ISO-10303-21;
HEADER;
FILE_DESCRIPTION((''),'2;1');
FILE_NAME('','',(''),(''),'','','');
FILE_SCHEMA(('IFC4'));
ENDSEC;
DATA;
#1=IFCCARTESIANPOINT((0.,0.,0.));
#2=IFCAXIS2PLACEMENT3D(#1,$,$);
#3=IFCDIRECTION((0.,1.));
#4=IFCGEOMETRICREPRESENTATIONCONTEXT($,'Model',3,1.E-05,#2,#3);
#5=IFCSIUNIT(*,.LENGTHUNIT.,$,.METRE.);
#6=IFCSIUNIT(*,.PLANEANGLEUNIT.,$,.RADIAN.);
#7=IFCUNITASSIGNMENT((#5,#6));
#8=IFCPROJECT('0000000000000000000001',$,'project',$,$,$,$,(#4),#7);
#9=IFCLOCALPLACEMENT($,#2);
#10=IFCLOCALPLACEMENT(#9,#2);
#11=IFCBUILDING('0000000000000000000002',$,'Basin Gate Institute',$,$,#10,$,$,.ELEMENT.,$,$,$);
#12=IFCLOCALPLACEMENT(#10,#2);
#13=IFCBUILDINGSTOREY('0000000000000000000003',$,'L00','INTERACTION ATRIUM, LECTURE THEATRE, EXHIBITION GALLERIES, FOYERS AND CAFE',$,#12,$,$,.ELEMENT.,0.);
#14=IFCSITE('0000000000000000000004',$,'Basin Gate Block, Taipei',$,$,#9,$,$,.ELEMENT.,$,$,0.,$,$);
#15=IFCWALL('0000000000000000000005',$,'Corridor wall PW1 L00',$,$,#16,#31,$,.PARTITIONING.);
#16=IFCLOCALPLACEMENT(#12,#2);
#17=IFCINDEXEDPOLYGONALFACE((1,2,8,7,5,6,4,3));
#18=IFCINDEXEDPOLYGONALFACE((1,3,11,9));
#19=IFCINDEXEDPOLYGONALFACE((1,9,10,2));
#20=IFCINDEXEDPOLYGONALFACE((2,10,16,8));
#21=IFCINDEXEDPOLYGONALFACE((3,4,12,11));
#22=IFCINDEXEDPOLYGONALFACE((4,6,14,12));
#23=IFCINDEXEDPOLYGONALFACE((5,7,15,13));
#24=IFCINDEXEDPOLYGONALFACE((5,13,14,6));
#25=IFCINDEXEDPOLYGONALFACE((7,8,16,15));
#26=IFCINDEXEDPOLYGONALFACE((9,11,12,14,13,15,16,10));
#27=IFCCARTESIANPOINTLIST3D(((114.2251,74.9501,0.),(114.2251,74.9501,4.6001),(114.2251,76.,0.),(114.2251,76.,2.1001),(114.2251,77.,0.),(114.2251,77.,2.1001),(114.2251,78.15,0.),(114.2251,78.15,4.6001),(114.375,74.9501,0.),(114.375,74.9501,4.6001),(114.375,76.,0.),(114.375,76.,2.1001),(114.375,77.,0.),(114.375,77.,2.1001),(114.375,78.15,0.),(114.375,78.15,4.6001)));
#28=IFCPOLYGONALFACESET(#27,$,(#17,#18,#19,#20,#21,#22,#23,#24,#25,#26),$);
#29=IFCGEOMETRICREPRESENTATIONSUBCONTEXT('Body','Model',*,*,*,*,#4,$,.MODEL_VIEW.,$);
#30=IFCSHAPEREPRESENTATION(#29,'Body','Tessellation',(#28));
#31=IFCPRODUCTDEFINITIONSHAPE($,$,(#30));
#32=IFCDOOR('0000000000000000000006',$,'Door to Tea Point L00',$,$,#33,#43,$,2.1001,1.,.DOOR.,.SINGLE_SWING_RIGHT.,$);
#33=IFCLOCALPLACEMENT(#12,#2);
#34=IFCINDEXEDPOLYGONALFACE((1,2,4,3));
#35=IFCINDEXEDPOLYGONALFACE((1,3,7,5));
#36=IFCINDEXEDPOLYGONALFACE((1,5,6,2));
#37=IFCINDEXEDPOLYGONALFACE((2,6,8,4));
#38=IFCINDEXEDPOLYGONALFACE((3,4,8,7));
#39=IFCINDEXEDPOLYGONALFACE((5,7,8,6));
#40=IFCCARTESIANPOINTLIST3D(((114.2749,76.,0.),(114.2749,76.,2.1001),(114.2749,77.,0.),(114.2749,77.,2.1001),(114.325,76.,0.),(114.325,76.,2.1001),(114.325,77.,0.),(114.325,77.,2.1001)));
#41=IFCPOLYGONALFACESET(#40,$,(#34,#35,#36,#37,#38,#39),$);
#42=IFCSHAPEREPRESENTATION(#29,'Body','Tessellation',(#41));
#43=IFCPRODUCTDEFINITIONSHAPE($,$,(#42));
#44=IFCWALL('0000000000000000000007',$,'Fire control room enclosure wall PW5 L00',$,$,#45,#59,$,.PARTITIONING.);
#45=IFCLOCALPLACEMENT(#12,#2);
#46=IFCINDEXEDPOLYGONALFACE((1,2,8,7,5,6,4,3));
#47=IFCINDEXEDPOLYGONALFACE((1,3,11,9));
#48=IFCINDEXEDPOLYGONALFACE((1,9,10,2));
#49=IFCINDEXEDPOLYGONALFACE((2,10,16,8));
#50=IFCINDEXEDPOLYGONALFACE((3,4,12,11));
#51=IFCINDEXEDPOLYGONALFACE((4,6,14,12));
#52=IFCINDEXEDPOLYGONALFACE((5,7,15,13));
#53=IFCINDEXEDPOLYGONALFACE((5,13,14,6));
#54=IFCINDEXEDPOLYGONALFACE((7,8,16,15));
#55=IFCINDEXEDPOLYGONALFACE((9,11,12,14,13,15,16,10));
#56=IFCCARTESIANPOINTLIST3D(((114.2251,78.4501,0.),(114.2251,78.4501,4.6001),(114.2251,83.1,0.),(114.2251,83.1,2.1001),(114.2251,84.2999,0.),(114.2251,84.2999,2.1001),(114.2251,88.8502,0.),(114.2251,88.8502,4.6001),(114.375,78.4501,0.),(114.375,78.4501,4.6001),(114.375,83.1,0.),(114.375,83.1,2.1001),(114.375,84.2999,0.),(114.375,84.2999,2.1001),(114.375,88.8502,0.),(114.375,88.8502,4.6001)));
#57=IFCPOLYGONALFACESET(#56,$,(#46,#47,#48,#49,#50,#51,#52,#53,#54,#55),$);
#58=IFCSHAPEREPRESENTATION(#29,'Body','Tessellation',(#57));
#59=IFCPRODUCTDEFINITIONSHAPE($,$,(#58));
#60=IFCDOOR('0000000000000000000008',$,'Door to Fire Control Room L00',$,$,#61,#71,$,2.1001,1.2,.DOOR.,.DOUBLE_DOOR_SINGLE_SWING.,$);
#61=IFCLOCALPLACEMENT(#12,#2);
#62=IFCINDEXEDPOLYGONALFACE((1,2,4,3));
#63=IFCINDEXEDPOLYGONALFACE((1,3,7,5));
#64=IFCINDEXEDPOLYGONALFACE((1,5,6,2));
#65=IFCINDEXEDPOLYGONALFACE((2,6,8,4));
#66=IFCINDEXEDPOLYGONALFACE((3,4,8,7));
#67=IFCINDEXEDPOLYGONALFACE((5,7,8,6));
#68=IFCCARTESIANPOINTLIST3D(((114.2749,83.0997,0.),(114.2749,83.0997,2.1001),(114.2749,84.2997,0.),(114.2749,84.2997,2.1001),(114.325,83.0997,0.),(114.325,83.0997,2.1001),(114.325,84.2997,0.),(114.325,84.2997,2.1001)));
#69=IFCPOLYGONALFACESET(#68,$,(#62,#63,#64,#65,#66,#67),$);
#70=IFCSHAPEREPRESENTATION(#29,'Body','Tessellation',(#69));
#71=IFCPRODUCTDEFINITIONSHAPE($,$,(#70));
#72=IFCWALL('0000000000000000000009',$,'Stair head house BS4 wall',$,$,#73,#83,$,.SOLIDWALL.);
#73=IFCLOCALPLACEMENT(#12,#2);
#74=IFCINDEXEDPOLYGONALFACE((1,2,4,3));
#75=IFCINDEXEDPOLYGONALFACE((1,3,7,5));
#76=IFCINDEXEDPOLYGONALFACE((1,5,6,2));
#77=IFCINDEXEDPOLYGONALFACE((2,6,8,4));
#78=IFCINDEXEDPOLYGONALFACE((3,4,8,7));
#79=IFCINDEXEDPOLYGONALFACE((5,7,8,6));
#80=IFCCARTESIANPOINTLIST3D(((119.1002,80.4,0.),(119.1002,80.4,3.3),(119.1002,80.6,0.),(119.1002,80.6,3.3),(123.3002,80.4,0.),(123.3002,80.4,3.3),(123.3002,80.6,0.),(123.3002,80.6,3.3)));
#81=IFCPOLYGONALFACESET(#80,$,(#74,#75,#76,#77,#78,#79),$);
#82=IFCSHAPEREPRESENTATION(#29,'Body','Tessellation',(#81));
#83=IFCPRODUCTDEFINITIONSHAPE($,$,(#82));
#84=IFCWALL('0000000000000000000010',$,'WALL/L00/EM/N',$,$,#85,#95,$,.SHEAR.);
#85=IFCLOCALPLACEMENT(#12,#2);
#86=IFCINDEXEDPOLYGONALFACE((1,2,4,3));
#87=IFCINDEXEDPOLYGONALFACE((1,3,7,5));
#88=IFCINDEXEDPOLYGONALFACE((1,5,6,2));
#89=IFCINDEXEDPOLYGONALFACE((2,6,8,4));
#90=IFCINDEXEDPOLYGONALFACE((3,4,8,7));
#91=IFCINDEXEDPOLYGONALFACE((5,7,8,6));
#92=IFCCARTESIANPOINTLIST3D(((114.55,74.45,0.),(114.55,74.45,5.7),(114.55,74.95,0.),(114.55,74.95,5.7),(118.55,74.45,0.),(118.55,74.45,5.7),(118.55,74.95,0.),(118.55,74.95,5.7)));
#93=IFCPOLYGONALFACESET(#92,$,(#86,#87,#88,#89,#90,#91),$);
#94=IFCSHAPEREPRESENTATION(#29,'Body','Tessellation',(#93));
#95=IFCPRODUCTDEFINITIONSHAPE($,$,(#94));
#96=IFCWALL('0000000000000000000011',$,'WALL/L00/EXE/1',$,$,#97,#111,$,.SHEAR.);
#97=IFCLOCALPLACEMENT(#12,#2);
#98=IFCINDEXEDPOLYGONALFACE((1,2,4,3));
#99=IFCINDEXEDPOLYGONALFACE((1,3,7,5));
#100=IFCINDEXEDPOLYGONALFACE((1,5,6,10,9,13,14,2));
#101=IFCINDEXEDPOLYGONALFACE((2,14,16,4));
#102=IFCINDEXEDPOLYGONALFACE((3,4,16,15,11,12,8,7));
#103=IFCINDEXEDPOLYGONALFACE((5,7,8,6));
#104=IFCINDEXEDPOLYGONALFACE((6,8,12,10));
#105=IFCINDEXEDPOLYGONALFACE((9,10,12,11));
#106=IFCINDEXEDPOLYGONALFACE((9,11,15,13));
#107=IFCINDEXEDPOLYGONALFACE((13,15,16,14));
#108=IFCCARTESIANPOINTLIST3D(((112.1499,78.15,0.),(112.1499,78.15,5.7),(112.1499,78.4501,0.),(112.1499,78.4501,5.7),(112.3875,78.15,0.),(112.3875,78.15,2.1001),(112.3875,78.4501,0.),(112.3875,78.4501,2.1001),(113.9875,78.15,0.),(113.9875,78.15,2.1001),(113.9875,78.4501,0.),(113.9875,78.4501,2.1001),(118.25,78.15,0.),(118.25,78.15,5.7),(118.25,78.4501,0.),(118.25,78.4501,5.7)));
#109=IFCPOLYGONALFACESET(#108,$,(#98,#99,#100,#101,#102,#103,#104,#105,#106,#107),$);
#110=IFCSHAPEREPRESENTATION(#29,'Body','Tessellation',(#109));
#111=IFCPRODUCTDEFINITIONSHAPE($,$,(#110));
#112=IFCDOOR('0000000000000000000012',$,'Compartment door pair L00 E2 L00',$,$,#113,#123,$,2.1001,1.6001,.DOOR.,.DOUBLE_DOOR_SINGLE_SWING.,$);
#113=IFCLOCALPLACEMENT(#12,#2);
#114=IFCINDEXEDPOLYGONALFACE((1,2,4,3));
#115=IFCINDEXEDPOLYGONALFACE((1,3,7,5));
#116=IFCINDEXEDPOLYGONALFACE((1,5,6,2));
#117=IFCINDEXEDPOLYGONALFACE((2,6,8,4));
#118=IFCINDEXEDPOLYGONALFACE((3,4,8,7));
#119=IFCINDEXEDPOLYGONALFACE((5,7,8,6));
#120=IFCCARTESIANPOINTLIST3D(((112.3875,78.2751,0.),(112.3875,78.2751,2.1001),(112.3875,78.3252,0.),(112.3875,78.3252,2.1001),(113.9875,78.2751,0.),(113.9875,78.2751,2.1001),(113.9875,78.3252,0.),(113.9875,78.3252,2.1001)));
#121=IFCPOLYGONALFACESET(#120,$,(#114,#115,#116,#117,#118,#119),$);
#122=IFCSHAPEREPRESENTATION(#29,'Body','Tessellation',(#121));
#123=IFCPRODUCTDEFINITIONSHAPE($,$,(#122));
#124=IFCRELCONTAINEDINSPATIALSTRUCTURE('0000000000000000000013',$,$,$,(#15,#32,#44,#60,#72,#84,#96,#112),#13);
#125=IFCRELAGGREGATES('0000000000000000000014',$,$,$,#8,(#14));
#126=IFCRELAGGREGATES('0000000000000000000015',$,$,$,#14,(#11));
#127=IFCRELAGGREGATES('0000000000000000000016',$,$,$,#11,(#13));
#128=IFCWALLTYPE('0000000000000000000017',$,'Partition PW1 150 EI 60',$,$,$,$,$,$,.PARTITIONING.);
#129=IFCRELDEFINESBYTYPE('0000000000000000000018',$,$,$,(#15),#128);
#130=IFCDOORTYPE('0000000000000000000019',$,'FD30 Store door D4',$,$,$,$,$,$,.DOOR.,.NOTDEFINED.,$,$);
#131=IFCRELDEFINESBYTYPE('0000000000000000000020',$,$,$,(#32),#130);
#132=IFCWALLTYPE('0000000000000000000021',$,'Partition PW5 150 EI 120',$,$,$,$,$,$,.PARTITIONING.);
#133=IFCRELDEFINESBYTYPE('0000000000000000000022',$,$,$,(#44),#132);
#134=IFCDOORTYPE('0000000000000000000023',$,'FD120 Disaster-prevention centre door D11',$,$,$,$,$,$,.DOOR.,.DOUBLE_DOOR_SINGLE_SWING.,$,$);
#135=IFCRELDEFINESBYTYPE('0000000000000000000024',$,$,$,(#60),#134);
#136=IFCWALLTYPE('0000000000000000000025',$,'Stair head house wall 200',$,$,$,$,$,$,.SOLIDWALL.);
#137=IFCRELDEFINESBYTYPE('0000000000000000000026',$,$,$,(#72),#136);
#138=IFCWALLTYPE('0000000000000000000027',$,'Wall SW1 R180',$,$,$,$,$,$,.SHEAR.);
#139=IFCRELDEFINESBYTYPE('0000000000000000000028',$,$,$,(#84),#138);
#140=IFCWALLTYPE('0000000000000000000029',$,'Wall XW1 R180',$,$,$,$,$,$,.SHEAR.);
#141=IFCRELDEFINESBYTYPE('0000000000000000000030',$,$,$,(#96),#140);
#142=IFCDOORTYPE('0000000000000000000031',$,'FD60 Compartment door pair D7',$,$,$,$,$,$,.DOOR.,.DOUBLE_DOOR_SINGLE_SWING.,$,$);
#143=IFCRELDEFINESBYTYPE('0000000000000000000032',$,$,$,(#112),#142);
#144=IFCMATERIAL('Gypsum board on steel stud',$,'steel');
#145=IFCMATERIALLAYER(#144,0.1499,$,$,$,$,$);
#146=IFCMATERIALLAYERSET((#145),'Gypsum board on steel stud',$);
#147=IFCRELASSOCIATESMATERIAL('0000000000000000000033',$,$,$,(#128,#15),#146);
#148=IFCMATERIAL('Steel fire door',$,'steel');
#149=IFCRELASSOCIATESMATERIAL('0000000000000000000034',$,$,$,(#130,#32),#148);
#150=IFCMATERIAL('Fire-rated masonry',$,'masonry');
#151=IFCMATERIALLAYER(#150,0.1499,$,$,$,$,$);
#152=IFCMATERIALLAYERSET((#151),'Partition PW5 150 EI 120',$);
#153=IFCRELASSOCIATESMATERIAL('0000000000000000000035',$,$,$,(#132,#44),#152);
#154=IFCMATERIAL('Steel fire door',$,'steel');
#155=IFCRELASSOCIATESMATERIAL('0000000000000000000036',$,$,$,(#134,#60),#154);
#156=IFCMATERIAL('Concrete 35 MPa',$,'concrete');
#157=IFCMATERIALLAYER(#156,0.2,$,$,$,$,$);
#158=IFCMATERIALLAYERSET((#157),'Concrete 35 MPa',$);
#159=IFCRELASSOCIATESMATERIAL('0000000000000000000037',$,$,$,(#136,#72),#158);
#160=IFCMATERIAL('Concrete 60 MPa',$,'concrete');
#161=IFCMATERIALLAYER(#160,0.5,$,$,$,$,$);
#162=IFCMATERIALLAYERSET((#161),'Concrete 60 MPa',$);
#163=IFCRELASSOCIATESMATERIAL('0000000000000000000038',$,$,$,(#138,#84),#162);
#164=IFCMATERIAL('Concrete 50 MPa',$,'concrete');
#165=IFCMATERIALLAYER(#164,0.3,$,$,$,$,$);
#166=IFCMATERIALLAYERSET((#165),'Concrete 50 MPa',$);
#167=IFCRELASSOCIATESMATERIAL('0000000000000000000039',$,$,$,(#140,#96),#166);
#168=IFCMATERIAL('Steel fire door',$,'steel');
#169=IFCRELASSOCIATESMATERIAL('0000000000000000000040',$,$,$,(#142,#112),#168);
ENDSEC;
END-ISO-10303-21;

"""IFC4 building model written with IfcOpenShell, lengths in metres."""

from ifc_helpers import new_model, si_unit, direction, frame, frame_2d, origin, place, context, subcontext, project, spatial, rectangle, extrude, material, layer, layer_set, type_object, element, fill, save


model = new_model("IFC4")

# Units and contexts
model_context = context("Model", 3, precision=1e-05, world=origin(), true_north=direction((0.0, 1.0)))
body_context = subcontext(model_context, "Body", "Model", "MODEL_VIEW")
ifc_project = project(units=[si_unit("LENGTHUNIT", "METRE"), si_unit("PLANEANGLEUNIT", "RADIAN")], contexts=[model_context])

# Site, building, storey
site_placement = place(None, origin())
site = spatial("IfcSite", under=ifc_project, at=site_placement, Name="Basin Gate Block, Taipei", CompositionType="ELEMENT", RefElevation=0.0)
building_placement = place(site_placement, origin())
building = spatial("IfcBuilding", under=site, at=building_placement, Name="Basin Gate Institute", CompositionType="ELEMENT")
storey_placement = place(building_placement, origin())
storey = spatial("IfcBuildingStorey", under=building, at=storey_placement, Name="L00", Description="INTERACTION ATRIUM, LECTURE THEATRE, EXHIBITION GALLERIES, FOYERS AND CAFE", CompositionType="ELEMENT", Elevation=0.0)

# Walls, openings, doors
ifc_material_1 = material(Name="Gypsum board on steel stud", Category="steel")
ifc_layer_1 = layer(ifc_material_1, 0.1499)
ifc_layer_set_1 = layer_set([ifc_layer_1], Name="Gypsum board on steel stud")
wall_type_1 = type_object("IfcWallType", Name="Partition PW1 150 EI 60", PredefinedType="PARTITIONING", material=ifc_layer_set_1)
wall_1_placement = place(storey_placement, frame((114.3, 74.95, 0.0), z_axis=(0.0, 0.0, 1.0), x_axis=(0.0, 1.0, 0.0)))
wall_1 = element("IfcWall", 1, at=wall_1_placement, inside=storey, type_object=wall_type_1, material=ifc_layer_set_1, Name="Corridor wall PW1 L00", PredefinedType="PARTITIONING", context=body_context, shape_type="SweptSolid", body=[
    extrude(rectangle(XDim=3.2, YDim=0.1499, at=frame_2d((1.6001, 0.0))), origin(), (0.0, 0.0, 1.0), 4.6001),
])
opening_1_placement = place(wall_1_placement, frame((1.05, 0.0, 0.0)))
opening_1 = element("IfcOpeningElement", 2, at=opening_1_placement, cuts=wall_1, PredefinedType="OPENING", context=body_context, shape_type="SweptSolid", body=[
    extrude(rectangle(XDim=1.0, YDim=2.1001, at=frame_2d((0.5, 1.05))), frame((0.0, 0.085, 0.0), z_axis=(0.0, -1.0, 0.0), x_axis=(1.0, 0.0, 0.0)), (0.0, 0.0, 1.0), 0.1699),
])
ifc_material_2 = material(Name="Steel fire door", Category="steel")
door_type_1 = type_object("IfcDoorType", Name="FD30 Store door D4", OperationType="NOTDEFINED", PredefinedType="DOOR", material=ifc_material_2)
door_1_placement = place(opening_1_placement, frame((1.0, 0.0, 0.0), z_axis=(0.0, 0.0, 1.0), x_axis=(-1.0, 0.0, 0.0)))
door_1 = element("IfcDoor", 3, at=door_1_placement, inside=storey, type_object=door_type_1, material=ifc_material_2, Name="Door to Tea Point L00", OperationType="SINGLE_SWING_RIGHT", OverallHeight=2.1001, OverallWidth=1.0, PredefinedType="DOOR", context=body_context, shape_type="SweptSolid", body=[
    extrude(rectangle(XDim=1.0, YDim=2.1001, at=frame_2d((0.5, 1.05))), frame((0.0, 0.0249, 0.0), z_axis=(0.0, -1.0, 0.0), x_axis=(1.0, 0.0, 0.0)), (0.0, 0.0, 1.0), 0.05),
])
fill(opening_1, door_1)
ifc_material_3 = material(Name="Fire-rated masonry", Category="masonry")
ifc_layer_2 = layer(ifc_material_3, 0.1499)
ifc_layer_set_2 = layer_set([ifc_layer_2], Name="Partition PW5 150 EI 120")
wall_type_2 = type_object("IfcWallType", Name="Partition PW5 150 EI 120", PredefinedType="PARTITIONING", material=ifc_layer_set_2)
wall_2_placement = place(storey_placement, frame((114.3, 78.45, 0.0), z_axis=(0.0, 0.0, 1.0), x_axis=(0.0, 1.0, 0.0)))
wall_2 = element("IfcWall", 4, at=wall_2_placement, inside=storey, type_object=wall_type_2, material=ifc_layer_set_2, Name="Fire control room enclosure wall PW5 L00", PredefinedType="PARTITIONING", context=body_context, shape_type="SweptSolid", body=[
    extrude(rectangle(XDim=10.4001, YDim=0.1499, at=frame_2d((5.2002, 0.0))), origin(), (0.0, 0.0, 1.0), 4.6001),
])
opening_2_placement = place(wall_2_placement, frame((4.6499, 0.0, 0.0)))
opening_2 = element("IfcOpeningElement", 5, at=opening_2_placement, cuts=wall_2, PredefinedType="OPENING", context=body_context, shape_type="SweptSolid", body=[
    extrude(rectangle(XDim=1.2, YDim=2.1001, at=frame_2d((0.6001, 1.05))), frame((0.0, 0.085, 0.0), z_axis=(0.0, -1.0, 0.0), x_axis=(1.0, 0.0, 0.0)), (0.0, 0.0, 1.0), 0.1699),
])
ifc_material_4 = material(Name="Steel fire door", Category="steel")
door_type_2 = type_object("IfcDoorType", Name="FD120 Disaster-prevention centre door D11", OperationType="DOUBLE_DOOR_SINGLE_SWING", PredefinedType="DOOR", material=ifc_material_4)
door_2_placement = place(opening_2_placement, frame((1.2, 0.0, 0.0), z_axis=(0.0, 0.0, 1.0), x_axis=(-1.0, 0.0, 0.0)))
door_2 = element("IfcDoor", 6, at=door_2_placement, inside=storey, type_object=door_type_2, material=ifc_material_4, Name="Door to Fire Control Room L00", OperationType="DOUBLE_DOOR_SINGLE_SWING", OverallHeight=2.1001, OverallWidth=1.2, PredefinedType="DOOR", context=body_context, shape_type="SweptSolid", body=[
    extrude(rectangle(XDim=1.2, YDim=2.1001, at=frame_2d((0.6001, 1.05))), frame((0.0, 0.0249, 0.0), z_axis=(0.0, -1.0, 0.0), x_axis=(1.0, 0.0, 0.0)), (0.0, 0.0, 1.0), 0.05),
])
fill(opening_2, door_2)

# Walls
ifc_material_5 = material(Name="Concrete 35 MPa", Category="concrete")
ifc_layer_3 = layer(ifc_material_5, 0.2)
ifc_layer_set_3 = layer_set([ifc_layer_3], Name="Concrete 35 MPa")
wall_type_3 = type_object("IfcWallType", Name="Stair head house wall 200", PredefinedType="SOLIDWALL", material=ifc_layer_set_3)
wall_3_placement = place(storey_placement, frame((119.1001, 80.5, 0.0), z_axis=(0.0, 0.0, 1.0), x_axis=(1.0, 0.0, 0.0)))
element("IfcWall", 7, at=wall_3_placement, inside=storey, type_object=wall_type_3, material=ifc_layer_set_3, Name="Stair head house BS4 wall", PredefinedType="SOLIDWALL", context=body_context, shape_type="SweptSolid", body=[
    extrude(rectangle(XDim=4.2, YDim=0.2, at=frame_2d((2.1001, 0.0))), origin(), (0.0, 0.0, 1.0), 3.3),
])
ifc_material_6 = material(Name="Concrete 60 MPa", Category="concrete")
ifc_layer_4 = layer(ifc_material_6, 0.5)
ifc_layer_set_4 = layer_set([ifc_layer_4], Name="Concrete 60 MPa")
wall_type_4 = type_object("IfcWallType", Name="Wall SW1 R180", PredefinedType="SHEAR", material=ifc_layer_set_4)
wall_4_placement = place(storey_placement, frame((118.55, 74.7, 0.0), z_axis=(0.0, 0.0, 1.0), x_axis=(-1.0, 0.0, 0.0)))
element("IfcWall", 8, at=wall_4_placement, inside=storey, type_object=wall_type_4, material=ifc_layer_set_4, Name="WALL/L00/EM/N", PredefinedType="SHEAR", context=body_context, shape_type="SweptSolid", body=[
    extrude(rectangle(XDim=4.0, YDim=0.5, at=frame_2d((2.0, 0.0))), origin(), (0.0, 0.0, 1.0), 5.7),
])

# Wall, opening, door
ifc_material_7 = material(Name="Concrete 50 MPa", Category="concrete")
ifc_layer_5 = layer(ifc_material_7, 0.3)
ifc_layer_set_5 = layer_set([ifc_layer_5], Name="Concrete 50 MPa")
wall_type_5 = type_object("IfcWallType", Name="Wall XW1 R180", PredefinedType="SHEAR", material=ifc_layer_set_5)
wall_5_placement = place(storey_placement, frame((118.25, 78.3, 0.0), z_axis=(0.0, 0.0, 1.0), x_axis=(-1.0, 0.0, 0.0)))
wall_5 = element("IfcWall", 9, at=wall_5_placement, inside=storey, type_object=wall_type_5, material=ifc_layer_set_5, Name="WALL/L00/EXE/1", PredefinedType="SHEAR", context=body_context, shape_type="SweptSolid", body=[
    extrude(rectangle(XDim=6.1001, YDim=0.3, at=frame_2d((3.05, 0.0))), origin(), (0.0, 0.0, 1.0), 5.7),
])
opening_3_placement = place(wall_5_placement, frame((4.2625, 0.0, 0.0)))
opening_3 = element("IfcOpeningElement", 10, at=opening_3_placement, cuts=wall_5, PredefinedType="OPENING", context=body_context, shape_type="SweptSolid", body=[
    extrude(rectangle(XDim=1.6001, YDim=2.1001, at=frame_2d((0.8, 1.05))), frame((0.0, 0.1602, 0.0), z_axis=(0.0, -1.0, 0.0), x_axis=(1.0, 0.0, 0.0)), (0.0, 0.0, 1.0), 0.3201),
])
ifc_material_8 = material(Name="Steel fire door", Category="steel")
door_type_3 = type_object("IfcDoorType", Name="FD60 Compartment door pair D7", OperationType="DOUBLE_DOOR_SINGLE_SWING", PredefinedType="DOOR", material=ifc_material_8)
door_3_placement = place(opening_3_placement, origin())
door_3 = element("IfcDoor", 11, at=door_3_placement, inside=storey, type_object=door_type_3, material=ifc_material_8, Name="Compartment door pair L00 E2 L00", OperationType="DOUBLE_DOOR_SINGLE_SWING", OverallHeight=2.1001, OverallWidth=1.6001, PredefinedType="DOOR", context=body_context, shape_type="SweptSolid", body=[
    extrude(rectangle(XDim=1.6001, YDim=2.1001, at=frame_2d((0.8, 1.05))), frame((0.0, 0.0249, 0.0), z_axis=(0.0, -1.0, 0.0), x_axis=(1.0, 0.0, 0.0)), (0.0, 0.0, 1.0), 0.05),
])
fill(opening_3, door_3)

save(model, "model.ifc")
